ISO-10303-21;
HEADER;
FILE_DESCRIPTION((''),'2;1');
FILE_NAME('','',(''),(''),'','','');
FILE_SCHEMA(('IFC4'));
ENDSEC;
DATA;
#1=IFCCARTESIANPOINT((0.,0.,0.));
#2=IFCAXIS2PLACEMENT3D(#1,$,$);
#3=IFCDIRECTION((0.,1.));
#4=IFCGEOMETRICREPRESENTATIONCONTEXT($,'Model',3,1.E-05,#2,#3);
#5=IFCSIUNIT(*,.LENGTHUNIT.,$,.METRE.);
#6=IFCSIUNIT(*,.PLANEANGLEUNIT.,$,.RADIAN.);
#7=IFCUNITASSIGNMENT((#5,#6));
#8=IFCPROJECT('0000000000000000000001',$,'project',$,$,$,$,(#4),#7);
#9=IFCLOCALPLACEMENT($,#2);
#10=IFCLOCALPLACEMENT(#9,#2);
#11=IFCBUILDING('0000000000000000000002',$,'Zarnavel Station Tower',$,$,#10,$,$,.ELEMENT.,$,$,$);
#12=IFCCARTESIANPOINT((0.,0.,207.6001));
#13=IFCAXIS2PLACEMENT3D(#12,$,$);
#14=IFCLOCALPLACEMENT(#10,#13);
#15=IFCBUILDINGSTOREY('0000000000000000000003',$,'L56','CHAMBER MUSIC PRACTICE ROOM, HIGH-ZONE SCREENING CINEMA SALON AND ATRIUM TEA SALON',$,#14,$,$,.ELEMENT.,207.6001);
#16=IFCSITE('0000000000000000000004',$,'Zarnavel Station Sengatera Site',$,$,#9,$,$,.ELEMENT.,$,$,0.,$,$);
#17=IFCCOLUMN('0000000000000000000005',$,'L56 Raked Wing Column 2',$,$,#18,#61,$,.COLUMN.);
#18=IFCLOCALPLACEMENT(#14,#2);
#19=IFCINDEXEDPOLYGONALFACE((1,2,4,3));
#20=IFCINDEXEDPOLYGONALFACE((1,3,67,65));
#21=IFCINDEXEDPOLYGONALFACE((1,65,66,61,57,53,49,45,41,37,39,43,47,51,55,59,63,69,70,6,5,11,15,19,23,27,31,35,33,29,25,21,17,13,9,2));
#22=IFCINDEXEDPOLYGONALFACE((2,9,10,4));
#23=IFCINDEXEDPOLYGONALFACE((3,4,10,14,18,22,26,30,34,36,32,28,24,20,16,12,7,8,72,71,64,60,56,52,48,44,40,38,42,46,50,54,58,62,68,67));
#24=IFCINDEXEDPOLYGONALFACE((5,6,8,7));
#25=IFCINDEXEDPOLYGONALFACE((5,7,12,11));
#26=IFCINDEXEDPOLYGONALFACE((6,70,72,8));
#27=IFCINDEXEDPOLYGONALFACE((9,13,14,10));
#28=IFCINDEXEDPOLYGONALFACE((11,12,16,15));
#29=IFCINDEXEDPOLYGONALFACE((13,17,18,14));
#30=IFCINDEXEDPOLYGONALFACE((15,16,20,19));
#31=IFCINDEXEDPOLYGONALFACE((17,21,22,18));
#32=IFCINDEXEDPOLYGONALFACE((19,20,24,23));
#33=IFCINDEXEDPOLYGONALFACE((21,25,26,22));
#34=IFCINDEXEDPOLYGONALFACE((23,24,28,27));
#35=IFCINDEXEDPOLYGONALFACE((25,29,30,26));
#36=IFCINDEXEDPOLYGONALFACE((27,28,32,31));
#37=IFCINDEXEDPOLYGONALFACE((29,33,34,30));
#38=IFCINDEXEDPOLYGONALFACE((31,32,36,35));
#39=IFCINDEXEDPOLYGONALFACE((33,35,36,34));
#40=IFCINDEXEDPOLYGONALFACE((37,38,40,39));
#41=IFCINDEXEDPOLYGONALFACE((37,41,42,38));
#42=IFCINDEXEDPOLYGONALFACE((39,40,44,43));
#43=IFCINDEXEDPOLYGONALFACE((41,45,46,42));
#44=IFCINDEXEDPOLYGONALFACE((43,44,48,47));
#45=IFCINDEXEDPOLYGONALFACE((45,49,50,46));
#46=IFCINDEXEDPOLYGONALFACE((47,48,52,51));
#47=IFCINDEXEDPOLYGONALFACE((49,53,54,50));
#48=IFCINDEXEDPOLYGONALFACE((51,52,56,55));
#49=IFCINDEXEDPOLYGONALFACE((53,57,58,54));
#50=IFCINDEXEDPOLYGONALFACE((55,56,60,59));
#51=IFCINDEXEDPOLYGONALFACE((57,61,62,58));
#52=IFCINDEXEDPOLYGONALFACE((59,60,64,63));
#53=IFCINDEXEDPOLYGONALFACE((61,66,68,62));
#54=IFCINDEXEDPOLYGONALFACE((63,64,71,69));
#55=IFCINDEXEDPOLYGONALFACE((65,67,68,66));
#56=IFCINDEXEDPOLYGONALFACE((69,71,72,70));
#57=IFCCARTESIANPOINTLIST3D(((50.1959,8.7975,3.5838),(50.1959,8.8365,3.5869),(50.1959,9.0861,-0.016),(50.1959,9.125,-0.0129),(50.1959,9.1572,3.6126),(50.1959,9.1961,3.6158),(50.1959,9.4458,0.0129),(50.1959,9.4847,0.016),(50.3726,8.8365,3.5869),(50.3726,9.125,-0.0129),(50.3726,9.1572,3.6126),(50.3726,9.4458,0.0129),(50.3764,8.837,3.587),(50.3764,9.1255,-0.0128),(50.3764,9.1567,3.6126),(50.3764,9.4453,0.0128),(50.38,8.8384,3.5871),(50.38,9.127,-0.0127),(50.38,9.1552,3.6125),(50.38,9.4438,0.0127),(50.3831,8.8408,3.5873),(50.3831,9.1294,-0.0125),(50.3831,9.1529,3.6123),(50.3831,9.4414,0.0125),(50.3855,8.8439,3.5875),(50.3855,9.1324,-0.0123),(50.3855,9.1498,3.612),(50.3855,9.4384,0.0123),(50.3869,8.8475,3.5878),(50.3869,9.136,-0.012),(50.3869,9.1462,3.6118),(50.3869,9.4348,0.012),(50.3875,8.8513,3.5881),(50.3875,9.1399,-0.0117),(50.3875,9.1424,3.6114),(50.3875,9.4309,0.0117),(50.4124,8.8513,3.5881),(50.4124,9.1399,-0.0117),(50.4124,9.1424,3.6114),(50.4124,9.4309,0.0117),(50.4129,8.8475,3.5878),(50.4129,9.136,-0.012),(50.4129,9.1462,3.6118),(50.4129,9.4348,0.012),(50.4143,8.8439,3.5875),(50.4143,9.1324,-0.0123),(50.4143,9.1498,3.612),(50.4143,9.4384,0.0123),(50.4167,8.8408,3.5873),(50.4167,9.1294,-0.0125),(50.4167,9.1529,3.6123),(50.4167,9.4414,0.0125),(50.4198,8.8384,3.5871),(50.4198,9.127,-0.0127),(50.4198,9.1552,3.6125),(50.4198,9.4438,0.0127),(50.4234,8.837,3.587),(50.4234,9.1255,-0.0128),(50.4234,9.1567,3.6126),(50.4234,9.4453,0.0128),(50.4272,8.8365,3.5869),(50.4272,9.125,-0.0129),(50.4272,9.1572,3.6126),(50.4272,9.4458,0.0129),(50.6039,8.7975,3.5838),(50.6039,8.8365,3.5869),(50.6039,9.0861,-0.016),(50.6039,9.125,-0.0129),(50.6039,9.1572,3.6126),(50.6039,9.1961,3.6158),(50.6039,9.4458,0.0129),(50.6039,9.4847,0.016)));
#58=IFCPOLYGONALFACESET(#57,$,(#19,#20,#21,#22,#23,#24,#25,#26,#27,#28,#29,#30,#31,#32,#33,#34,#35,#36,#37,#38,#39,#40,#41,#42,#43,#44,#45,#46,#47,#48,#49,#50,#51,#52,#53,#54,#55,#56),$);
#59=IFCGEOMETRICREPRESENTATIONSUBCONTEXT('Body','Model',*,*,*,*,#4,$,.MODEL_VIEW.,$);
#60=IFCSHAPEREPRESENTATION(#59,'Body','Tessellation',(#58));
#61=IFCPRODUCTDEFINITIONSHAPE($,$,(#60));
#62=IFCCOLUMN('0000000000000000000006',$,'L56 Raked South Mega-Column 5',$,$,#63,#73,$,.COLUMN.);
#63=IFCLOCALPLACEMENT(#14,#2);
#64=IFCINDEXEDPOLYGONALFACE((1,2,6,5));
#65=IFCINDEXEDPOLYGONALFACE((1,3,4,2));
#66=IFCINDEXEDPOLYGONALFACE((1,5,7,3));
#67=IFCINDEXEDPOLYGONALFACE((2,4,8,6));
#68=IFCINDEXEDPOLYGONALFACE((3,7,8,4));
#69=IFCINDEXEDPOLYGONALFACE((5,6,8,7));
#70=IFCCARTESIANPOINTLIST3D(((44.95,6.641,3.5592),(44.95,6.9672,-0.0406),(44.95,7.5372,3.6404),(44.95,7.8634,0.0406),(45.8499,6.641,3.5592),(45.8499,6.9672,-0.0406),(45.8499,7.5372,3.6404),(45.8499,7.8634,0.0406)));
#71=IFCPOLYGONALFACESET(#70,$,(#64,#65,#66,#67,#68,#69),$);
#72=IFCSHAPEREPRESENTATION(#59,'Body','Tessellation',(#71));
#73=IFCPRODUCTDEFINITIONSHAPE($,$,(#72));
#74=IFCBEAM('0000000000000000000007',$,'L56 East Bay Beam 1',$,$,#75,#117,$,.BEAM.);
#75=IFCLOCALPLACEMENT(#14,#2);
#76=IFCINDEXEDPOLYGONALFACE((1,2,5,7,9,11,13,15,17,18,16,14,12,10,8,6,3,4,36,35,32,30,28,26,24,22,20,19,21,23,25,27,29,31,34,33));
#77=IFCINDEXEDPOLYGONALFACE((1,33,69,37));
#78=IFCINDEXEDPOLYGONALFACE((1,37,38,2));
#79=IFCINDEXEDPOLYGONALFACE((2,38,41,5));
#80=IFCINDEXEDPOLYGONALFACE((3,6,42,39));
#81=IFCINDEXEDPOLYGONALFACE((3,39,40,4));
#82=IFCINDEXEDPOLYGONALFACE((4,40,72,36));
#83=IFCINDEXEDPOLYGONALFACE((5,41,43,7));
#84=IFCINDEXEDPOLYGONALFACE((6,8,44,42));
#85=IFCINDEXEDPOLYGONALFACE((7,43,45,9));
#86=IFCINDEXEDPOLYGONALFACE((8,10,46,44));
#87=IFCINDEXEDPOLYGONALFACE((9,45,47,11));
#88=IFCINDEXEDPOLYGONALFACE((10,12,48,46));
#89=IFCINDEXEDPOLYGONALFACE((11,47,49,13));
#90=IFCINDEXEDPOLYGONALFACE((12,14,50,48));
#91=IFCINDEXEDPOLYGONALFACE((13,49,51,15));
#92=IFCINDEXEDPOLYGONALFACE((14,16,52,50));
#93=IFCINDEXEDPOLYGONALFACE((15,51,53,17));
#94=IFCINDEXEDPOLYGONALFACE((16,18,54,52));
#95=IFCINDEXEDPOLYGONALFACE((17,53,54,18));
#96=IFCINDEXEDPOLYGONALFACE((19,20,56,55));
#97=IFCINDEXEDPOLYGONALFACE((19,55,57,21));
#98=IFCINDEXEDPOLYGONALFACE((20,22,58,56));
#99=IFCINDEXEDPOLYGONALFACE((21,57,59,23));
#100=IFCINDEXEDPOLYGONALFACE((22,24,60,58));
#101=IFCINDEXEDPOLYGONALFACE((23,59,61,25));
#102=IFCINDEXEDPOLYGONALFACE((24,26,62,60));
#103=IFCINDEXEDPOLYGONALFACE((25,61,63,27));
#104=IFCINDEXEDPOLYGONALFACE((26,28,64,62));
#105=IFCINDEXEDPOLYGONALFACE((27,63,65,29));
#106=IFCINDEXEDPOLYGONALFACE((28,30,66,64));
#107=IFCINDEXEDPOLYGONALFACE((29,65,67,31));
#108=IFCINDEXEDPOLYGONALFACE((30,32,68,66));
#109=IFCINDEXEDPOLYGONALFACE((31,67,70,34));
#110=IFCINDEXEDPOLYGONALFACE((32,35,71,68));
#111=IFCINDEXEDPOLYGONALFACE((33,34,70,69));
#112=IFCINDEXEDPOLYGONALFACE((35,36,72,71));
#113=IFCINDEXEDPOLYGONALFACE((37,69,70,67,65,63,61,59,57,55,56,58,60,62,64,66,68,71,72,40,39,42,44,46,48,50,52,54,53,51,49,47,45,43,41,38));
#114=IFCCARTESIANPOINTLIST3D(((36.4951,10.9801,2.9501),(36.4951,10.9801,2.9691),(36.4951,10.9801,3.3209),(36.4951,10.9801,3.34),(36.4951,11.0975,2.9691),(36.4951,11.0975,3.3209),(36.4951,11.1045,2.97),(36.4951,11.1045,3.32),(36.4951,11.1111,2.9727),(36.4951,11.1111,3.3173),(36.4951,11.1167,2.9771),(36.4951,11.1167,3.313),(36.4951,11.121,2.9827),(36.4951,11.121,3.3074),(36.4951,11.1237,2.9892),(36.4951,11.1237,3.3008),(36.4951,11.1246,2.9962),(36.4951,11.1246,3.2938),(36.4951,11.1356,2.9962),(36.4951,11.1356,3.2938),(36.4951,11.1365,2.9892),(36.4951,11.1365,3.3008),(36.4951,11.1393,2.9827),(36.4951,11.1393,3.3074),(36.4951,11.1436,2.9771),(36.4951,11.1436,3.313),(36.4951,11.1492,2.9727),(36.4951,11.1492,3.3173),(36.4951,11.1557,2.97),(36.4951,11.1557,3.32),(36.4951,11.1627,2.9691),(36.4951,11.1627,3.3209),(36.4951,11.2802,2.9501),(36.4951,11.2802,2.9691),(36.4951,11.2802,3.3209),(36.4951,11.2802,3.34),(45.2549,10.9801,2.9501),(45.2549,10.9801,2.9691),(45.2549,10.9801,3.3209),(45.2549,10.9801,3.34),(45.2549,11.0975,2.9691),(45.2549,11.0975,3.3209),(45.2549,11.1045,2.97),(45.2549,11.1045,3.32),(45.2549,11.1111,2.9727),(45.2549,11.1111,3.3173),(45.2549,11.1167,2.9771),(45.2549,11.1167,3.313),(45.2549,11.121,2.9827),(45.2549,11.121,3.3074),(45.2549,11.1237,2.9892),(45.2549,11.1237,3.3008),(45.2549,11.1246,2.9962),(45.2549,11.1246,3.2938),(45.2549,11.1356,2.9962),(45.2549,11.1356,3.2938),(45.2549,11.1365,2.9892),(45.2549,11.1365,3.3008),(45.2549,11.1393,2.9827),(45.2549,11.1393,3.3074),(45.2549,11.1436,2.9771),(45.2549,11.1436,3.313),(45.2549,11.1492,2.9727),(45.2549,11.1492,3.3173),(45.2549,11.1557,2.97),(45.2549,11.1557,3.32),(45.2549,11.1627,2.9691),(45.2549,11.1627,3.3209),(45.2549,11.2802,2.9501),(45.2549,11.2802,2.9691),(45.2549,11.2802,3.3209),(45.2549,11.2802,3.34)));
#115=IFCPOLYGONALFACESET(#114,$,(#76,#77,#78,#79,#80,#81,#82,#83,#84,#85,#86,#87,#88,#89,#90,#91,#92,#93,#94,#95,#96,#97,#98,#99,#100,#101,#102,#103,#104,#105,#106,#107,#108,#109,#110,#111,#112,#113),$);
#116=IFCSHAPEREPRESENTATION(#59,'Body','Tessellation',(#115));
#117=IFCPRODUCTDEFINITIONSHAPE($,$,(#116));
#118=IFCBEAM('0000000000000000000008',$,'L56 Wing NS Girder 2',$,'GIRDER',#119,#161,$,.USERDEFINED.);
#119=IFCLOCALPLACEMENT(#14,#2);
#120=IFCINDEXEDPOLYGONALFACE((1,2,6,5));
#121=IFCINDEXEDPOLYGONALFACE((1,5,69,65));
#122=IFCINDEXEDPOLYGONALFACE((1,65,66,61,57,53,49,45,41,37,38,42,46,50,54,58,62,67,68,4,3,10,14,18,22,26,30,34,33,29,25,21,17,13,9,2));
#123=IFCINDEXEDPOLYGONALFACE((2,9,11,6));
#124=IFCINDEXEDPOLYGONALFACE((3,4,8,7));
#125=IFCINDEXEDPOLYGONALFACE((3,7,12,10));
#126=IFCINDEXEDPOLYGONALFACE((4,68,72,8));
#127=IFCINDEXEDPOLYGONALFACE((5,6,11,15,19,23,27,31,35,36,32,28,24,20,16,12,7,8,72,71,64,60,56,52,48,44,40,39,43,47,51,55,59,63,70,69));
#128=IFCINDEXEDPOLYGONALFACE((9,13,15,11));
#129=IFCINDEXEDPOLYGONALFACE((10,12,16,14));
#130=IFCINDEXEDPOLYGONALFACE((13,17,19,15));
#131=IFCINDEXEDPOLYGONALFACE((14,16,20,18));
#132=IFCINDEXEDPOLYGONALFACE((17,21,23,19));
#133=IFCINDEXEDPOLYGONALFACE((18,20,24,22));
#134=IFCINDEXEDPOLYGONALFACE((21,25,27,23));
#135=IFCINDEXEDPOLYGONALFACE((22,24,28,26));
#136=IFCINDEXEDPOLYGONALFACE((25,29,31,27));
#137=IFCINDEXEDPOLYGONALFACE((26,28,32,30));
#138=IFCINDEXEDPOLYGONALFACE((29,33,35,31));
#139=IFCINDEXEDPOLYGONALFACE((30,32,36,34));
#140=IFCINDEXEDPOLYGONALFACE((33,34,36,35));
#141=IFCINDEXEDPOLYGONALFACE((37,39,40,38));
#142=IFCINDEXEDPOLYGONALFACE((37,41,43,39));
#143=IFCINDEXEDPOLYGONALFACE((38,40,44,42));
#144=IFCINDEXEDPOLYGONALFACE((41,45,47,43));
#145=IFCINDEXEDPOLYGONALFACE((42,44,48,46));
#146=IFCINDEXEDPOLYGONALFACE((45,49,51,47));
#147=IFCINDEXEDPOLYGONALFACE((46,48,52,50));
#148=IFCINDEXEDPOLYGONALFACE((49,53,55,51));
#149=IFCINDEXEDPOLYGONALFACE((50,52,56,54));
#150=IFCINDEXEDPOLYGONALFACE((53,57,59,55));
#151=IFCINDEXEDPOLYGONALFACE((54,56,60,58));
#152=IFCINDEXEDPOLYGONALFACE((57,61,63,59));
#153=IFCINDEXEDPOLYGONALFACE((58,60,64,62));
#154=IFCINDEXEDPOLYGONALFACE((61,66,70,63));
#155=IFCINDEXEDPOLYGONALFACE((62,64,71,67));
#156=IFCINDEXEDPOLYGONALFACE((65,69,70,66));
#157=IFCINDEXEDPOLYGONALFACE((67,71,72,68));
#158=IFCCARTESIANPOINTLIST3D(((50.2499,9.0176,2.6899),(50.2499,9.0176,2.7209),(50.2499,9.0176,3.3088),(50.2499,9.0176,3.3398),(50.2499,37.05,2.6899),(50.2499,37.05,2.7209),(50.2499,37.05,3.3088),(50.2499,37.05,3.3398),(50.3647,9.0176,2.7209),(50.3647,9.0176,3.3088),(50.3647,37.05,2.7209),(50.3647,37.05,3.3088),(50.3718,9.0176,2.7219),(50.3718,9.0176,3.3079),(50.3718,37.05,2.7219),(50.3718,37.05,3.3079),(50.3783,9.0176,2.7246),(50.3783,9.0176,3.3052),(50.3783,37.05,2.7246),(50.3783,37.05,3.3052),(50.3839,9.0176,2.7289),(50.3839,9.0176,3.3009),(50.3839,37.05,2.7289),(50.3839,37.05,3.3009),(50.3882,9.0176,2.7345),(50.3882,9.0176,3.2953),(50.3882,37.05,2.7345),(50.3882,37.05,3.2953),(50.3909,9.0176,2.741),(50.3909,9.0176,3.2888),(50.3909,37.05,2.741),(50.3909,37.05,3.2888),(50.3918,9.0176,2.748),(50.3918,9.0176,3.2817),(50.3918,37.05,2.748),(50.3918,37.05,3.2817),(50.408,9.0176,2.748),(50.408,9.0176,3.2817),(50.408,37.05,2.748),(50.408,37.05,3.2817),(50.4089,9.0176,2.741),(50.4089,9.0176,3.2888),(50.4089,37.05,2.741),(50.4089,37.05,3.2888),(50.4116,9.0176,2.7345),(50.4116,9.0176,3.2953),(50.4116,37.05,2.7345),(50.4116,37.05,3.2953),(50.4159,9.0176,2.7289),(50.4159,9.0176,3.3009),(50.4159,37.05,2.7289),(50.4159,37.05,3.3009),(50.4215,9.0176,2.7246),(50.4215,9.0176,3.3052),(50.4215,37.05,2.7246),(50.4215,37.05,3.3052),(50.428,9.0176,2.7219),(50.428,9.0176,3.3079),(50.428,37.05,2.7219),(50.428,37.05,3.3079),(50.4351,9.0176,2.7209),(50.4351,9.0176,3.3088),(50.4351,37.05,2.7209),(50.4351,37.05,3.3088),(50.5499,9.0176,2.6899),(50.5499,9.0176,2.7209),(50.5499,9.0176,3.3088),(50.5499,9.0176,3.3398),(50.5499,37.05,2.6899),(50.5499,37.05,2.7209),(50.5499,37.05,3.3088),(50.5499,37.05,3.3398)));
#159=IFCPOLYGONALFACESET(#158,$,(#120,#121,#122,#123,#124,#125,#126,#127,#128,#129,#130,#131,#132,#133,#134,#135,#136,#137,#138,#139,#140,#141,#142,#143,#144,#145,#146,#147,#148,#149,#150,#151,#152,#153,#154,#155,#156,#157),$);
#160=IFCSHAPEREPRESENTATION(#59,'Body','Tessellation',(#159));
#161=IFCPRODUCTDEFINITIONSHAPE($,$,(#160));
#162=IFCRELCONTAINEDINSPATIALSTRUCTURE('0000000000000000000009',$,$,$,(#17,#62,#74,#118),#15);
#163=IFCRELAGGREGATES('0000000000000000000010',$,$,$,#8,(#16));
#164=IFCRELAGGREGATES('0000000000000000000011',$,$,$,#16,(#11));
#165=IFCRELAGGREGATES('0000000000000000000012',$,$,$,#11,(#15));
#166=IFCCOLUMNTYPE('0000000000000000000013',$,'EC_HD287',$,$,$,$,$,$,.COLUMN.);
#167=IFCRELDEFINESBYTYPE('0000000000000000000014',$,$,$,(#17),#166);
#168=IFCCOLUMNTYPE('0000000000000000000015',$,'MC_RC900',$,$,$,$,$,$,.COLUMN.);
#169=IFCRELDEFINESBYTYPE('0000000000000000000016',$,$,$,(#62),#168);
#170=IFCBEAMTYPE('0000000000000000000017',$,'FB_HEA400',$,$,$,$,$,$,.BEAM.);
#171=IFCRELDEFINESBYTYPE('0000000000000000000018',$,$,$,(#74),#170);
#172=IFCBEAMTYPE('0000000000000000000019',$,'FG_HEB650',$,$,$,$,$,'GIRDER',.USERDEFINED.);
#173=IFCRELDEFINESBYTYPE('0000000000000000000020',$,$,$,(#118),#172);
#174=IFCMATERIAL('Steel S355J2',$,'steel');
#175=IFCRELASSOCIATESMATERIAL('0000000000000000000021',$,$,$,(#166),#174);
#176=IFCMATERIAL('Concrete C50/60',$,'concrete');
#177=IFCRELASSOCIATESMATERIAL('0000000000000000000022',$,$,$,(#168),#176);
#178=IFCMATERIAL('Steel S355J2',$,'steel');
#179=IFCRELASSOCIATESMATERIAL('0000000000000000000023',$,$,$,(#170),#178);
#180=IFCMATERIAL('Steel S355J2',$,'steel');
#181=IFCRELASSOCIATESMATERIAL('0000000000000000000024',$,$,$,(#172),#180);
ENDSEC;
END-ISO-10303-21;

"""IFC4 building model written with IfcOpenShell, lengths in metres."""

from ifc_helpers import new_model, si_unit, direction, frame, origin, origin_2d, place, context, subcontext, project, spatial, rectangle, i_section, extrude, material, material_profile, profile_set, type_object, element, save


model = new_model("IFC4")

# Units and contexts
model_context = context("Model", 3, precision=1e-05, world=origin(), true_north=direction((0.0, 1.0)))
body_context = subcontext(model_context, "Body", "Model", "MODEL_VIEW")
ifc_project = project(units=[si_unit("LENGTHUNIT", "METRE"), si_unit("PLANEANGLEUNIT", "RADIAN")], contexts=[model_context])

# Site, building, storey
site_placement = place(None, origin())
site = spatial("IfcSite", under=ifc_project, at=site_placement, Name="Zarnavel Station Sengatera Site", CompositionType="ELEMENT", RefElevation=0.0)
building_placement = place(site_placement, origin())
building = spatial("IfcBuilding", under=site, at=building_placement, Name="Zarnavel Station Tower", CompositionType="ELEMENT")
storey_placement = place(building_placement, frame((0.0, 0.0, 207.6001)))
storey = spatial("IfcBuildingStorey", under=building, at=storey_placement, Name="L56", Description="CHAMBER MUSIC PRACTICE ROOM, HIGH-ZONE SCREENING CINEMA SALON AND ATRIUM TEA SALON", CompositionType="ELEMENT", Elevation=207.6001)

# Columns
ifc_material_1 = material(Name="Steel S355J2", Category="steel")
ifc_material_profile_1 = material_profile(ifc_material_1, i_section(OverallWidth=0.408, OverallDepth=0.3999, WebThickness=0.0249, FlangeThickness=0.0391, FilletRadius=0.0149, at=origin_2d()), Name="HD400x287")
ifc_profile_set_1 = profile_set([ifc_material_profile_1], Name="Steel S355J2")
column_type_1 = type_object("IfcColumnType", Name="EC_HD287", PredefinedType="COLUMN", material=ifc_profile_set_1)
column_1_placement = place(storey_placement, frame((50.3999, 9.2854, 0.0), z_axis=(0.0, -0.079906, 0.996802), x_axis=(1.0, 0.0, 0.0)))
element("IfcColumn", 1, at=column_1_placement, inside=storey, type_object=column_type_1, Name="L56 Raked Wing Column 2", PredefinedType="COLUMN", context=body_context, shape_type="SweptSolid", body=[
    extrude(i_section(OverallWidth=0.408, OverallDepth=0.3999, WebThickness=0.0249, FlangeThickness=0.0391, FilletRadius=0.0149, at=origin_2d()), origin(), (0.0, 0.0, 1.0), 3.6113),
])
ifc_material_2 = material(Name="Concrete C50/60", Category="concrete")
ifc_material_profile_2 = material_profile(ifc_material_2, rectangle(XDim=0.8999, YDim=0.8999, at=origin_2d()), Name="RC900x900")
ifc_profile_set_2 = profile_set([ifc_material_profile_2], Name="Concrete C50/60")
column_type_2 = type_object("IfcColumnType", Name="MC_RC900", PredefinedType="COLUMN", material=ifc_profile_set_2)
column_2_placement = place(storey_placement, frame((45.3999, 7.4153, 0.0), z_axis=(0.0, -0.090237, 0.99592), x_axis=(1.0, 0.0, 0.0)))
element("IfcColumn", 2, at=column_2_placement, inside=storey, type_object=column_type_2, Name="L56 Raked South Mega-Column 5", PredefinedType="COLUMN", context=body_context, shape_type="SweptSolid", body=[
    extrude(rectangle(XDim=0.8999, YDim=0.8999, at=origin_2d()), origin(), (0.0, 0.0, 1.0), 3.6145),
])

# Beams
ifc_material_3 = material(Name="Steel S355J2", Category="steel")
ifc_material_profile_3 = material_profile(ifc_material_3, i_section(OverallWidth=0.3, OverallDepth=0.3899, WebThickness=0.011, FlangeThickness=0.019, FilletRadius=0.0271, at=origin_2d()), Name="HEA400")
ifc_profile_set_3 = profile_set([ifc_material_profile_3], Name="Steel S355J2")
beam_type_1 = type_object("IfcBeamType", Name="FB_HEA400", PredefinedType="BEAM", material=ifc_profile_set_3)
beam_1_placement = place(storey_placement, frame((36.4951, 11.1301, 3.145), z_axis=(1.0, 0.0, 0.0), x_axis=(0.0, 1.0, 0.0)))
element("IfcBeam", 3, at=beam_1_placement, inside=storey, type_object=beam_type_1, Name="L56 East Bay Beam 1", PredefinedType="BEAM", context=body_context, shape_type="SweptSolid", body=[
    extrude(i_section(OverallWidth=0.3, OverallDepth=0.3899, WebThickness=0.011, FlangeThickness=0.019, FilletRadius=0.0271, at=origin_2d()), origin(), (0.0, 0.0, 1.0), 8.7598),
])
ifc_material_4 = material(Name="Steel S355J2", Category="steel")
ifc_material_profile_4 = material_profile(ifc_material_4, i_section(OverallWidth=0.3, OverallDepth=0.6499, WebThickness=0.0161, FlangeThickness=0.031, FilletRadius=0.0271, at=origin_2d()), Name="HEB650")
ifc_profile_set_4 = profile_set([ifc_material_profile_4], Name="Steel S355J2")
beam_type_2 = type_object("IfcBeamType", Name="FG_HEB650", ElementType="GIRDER", PredefinedType="USERDEFINED", material=ifc_profile_set_4)
beam_2_placement = place(storey_placement, frame((50.3999, 9.0176, 3.0149), z_axis=(0.0, 1.0, 0.0), x_axis=(-1.0, 0.0, 0.0)))
element("IfcBeam", 4, at=beam_2_placement, inside=storey, type_object=beam_type_2, Name="L56 Wing NS Girder 2", ObjectType="GIRDER", PredefinedType="USERDEFINED", context=body_context, shape_type="SweptSolid", body=[
    extrude(i_section(OverallWidth=0.3, OverallDepth=0.6499, WebThickness=0.0161, FlangeThickness=0.031, FilletRadius=0.0271, at=origin_2d()), origin(), (0.0, 0.0, 1.0), 28.0325),
])

save(model, "model.ifc")
